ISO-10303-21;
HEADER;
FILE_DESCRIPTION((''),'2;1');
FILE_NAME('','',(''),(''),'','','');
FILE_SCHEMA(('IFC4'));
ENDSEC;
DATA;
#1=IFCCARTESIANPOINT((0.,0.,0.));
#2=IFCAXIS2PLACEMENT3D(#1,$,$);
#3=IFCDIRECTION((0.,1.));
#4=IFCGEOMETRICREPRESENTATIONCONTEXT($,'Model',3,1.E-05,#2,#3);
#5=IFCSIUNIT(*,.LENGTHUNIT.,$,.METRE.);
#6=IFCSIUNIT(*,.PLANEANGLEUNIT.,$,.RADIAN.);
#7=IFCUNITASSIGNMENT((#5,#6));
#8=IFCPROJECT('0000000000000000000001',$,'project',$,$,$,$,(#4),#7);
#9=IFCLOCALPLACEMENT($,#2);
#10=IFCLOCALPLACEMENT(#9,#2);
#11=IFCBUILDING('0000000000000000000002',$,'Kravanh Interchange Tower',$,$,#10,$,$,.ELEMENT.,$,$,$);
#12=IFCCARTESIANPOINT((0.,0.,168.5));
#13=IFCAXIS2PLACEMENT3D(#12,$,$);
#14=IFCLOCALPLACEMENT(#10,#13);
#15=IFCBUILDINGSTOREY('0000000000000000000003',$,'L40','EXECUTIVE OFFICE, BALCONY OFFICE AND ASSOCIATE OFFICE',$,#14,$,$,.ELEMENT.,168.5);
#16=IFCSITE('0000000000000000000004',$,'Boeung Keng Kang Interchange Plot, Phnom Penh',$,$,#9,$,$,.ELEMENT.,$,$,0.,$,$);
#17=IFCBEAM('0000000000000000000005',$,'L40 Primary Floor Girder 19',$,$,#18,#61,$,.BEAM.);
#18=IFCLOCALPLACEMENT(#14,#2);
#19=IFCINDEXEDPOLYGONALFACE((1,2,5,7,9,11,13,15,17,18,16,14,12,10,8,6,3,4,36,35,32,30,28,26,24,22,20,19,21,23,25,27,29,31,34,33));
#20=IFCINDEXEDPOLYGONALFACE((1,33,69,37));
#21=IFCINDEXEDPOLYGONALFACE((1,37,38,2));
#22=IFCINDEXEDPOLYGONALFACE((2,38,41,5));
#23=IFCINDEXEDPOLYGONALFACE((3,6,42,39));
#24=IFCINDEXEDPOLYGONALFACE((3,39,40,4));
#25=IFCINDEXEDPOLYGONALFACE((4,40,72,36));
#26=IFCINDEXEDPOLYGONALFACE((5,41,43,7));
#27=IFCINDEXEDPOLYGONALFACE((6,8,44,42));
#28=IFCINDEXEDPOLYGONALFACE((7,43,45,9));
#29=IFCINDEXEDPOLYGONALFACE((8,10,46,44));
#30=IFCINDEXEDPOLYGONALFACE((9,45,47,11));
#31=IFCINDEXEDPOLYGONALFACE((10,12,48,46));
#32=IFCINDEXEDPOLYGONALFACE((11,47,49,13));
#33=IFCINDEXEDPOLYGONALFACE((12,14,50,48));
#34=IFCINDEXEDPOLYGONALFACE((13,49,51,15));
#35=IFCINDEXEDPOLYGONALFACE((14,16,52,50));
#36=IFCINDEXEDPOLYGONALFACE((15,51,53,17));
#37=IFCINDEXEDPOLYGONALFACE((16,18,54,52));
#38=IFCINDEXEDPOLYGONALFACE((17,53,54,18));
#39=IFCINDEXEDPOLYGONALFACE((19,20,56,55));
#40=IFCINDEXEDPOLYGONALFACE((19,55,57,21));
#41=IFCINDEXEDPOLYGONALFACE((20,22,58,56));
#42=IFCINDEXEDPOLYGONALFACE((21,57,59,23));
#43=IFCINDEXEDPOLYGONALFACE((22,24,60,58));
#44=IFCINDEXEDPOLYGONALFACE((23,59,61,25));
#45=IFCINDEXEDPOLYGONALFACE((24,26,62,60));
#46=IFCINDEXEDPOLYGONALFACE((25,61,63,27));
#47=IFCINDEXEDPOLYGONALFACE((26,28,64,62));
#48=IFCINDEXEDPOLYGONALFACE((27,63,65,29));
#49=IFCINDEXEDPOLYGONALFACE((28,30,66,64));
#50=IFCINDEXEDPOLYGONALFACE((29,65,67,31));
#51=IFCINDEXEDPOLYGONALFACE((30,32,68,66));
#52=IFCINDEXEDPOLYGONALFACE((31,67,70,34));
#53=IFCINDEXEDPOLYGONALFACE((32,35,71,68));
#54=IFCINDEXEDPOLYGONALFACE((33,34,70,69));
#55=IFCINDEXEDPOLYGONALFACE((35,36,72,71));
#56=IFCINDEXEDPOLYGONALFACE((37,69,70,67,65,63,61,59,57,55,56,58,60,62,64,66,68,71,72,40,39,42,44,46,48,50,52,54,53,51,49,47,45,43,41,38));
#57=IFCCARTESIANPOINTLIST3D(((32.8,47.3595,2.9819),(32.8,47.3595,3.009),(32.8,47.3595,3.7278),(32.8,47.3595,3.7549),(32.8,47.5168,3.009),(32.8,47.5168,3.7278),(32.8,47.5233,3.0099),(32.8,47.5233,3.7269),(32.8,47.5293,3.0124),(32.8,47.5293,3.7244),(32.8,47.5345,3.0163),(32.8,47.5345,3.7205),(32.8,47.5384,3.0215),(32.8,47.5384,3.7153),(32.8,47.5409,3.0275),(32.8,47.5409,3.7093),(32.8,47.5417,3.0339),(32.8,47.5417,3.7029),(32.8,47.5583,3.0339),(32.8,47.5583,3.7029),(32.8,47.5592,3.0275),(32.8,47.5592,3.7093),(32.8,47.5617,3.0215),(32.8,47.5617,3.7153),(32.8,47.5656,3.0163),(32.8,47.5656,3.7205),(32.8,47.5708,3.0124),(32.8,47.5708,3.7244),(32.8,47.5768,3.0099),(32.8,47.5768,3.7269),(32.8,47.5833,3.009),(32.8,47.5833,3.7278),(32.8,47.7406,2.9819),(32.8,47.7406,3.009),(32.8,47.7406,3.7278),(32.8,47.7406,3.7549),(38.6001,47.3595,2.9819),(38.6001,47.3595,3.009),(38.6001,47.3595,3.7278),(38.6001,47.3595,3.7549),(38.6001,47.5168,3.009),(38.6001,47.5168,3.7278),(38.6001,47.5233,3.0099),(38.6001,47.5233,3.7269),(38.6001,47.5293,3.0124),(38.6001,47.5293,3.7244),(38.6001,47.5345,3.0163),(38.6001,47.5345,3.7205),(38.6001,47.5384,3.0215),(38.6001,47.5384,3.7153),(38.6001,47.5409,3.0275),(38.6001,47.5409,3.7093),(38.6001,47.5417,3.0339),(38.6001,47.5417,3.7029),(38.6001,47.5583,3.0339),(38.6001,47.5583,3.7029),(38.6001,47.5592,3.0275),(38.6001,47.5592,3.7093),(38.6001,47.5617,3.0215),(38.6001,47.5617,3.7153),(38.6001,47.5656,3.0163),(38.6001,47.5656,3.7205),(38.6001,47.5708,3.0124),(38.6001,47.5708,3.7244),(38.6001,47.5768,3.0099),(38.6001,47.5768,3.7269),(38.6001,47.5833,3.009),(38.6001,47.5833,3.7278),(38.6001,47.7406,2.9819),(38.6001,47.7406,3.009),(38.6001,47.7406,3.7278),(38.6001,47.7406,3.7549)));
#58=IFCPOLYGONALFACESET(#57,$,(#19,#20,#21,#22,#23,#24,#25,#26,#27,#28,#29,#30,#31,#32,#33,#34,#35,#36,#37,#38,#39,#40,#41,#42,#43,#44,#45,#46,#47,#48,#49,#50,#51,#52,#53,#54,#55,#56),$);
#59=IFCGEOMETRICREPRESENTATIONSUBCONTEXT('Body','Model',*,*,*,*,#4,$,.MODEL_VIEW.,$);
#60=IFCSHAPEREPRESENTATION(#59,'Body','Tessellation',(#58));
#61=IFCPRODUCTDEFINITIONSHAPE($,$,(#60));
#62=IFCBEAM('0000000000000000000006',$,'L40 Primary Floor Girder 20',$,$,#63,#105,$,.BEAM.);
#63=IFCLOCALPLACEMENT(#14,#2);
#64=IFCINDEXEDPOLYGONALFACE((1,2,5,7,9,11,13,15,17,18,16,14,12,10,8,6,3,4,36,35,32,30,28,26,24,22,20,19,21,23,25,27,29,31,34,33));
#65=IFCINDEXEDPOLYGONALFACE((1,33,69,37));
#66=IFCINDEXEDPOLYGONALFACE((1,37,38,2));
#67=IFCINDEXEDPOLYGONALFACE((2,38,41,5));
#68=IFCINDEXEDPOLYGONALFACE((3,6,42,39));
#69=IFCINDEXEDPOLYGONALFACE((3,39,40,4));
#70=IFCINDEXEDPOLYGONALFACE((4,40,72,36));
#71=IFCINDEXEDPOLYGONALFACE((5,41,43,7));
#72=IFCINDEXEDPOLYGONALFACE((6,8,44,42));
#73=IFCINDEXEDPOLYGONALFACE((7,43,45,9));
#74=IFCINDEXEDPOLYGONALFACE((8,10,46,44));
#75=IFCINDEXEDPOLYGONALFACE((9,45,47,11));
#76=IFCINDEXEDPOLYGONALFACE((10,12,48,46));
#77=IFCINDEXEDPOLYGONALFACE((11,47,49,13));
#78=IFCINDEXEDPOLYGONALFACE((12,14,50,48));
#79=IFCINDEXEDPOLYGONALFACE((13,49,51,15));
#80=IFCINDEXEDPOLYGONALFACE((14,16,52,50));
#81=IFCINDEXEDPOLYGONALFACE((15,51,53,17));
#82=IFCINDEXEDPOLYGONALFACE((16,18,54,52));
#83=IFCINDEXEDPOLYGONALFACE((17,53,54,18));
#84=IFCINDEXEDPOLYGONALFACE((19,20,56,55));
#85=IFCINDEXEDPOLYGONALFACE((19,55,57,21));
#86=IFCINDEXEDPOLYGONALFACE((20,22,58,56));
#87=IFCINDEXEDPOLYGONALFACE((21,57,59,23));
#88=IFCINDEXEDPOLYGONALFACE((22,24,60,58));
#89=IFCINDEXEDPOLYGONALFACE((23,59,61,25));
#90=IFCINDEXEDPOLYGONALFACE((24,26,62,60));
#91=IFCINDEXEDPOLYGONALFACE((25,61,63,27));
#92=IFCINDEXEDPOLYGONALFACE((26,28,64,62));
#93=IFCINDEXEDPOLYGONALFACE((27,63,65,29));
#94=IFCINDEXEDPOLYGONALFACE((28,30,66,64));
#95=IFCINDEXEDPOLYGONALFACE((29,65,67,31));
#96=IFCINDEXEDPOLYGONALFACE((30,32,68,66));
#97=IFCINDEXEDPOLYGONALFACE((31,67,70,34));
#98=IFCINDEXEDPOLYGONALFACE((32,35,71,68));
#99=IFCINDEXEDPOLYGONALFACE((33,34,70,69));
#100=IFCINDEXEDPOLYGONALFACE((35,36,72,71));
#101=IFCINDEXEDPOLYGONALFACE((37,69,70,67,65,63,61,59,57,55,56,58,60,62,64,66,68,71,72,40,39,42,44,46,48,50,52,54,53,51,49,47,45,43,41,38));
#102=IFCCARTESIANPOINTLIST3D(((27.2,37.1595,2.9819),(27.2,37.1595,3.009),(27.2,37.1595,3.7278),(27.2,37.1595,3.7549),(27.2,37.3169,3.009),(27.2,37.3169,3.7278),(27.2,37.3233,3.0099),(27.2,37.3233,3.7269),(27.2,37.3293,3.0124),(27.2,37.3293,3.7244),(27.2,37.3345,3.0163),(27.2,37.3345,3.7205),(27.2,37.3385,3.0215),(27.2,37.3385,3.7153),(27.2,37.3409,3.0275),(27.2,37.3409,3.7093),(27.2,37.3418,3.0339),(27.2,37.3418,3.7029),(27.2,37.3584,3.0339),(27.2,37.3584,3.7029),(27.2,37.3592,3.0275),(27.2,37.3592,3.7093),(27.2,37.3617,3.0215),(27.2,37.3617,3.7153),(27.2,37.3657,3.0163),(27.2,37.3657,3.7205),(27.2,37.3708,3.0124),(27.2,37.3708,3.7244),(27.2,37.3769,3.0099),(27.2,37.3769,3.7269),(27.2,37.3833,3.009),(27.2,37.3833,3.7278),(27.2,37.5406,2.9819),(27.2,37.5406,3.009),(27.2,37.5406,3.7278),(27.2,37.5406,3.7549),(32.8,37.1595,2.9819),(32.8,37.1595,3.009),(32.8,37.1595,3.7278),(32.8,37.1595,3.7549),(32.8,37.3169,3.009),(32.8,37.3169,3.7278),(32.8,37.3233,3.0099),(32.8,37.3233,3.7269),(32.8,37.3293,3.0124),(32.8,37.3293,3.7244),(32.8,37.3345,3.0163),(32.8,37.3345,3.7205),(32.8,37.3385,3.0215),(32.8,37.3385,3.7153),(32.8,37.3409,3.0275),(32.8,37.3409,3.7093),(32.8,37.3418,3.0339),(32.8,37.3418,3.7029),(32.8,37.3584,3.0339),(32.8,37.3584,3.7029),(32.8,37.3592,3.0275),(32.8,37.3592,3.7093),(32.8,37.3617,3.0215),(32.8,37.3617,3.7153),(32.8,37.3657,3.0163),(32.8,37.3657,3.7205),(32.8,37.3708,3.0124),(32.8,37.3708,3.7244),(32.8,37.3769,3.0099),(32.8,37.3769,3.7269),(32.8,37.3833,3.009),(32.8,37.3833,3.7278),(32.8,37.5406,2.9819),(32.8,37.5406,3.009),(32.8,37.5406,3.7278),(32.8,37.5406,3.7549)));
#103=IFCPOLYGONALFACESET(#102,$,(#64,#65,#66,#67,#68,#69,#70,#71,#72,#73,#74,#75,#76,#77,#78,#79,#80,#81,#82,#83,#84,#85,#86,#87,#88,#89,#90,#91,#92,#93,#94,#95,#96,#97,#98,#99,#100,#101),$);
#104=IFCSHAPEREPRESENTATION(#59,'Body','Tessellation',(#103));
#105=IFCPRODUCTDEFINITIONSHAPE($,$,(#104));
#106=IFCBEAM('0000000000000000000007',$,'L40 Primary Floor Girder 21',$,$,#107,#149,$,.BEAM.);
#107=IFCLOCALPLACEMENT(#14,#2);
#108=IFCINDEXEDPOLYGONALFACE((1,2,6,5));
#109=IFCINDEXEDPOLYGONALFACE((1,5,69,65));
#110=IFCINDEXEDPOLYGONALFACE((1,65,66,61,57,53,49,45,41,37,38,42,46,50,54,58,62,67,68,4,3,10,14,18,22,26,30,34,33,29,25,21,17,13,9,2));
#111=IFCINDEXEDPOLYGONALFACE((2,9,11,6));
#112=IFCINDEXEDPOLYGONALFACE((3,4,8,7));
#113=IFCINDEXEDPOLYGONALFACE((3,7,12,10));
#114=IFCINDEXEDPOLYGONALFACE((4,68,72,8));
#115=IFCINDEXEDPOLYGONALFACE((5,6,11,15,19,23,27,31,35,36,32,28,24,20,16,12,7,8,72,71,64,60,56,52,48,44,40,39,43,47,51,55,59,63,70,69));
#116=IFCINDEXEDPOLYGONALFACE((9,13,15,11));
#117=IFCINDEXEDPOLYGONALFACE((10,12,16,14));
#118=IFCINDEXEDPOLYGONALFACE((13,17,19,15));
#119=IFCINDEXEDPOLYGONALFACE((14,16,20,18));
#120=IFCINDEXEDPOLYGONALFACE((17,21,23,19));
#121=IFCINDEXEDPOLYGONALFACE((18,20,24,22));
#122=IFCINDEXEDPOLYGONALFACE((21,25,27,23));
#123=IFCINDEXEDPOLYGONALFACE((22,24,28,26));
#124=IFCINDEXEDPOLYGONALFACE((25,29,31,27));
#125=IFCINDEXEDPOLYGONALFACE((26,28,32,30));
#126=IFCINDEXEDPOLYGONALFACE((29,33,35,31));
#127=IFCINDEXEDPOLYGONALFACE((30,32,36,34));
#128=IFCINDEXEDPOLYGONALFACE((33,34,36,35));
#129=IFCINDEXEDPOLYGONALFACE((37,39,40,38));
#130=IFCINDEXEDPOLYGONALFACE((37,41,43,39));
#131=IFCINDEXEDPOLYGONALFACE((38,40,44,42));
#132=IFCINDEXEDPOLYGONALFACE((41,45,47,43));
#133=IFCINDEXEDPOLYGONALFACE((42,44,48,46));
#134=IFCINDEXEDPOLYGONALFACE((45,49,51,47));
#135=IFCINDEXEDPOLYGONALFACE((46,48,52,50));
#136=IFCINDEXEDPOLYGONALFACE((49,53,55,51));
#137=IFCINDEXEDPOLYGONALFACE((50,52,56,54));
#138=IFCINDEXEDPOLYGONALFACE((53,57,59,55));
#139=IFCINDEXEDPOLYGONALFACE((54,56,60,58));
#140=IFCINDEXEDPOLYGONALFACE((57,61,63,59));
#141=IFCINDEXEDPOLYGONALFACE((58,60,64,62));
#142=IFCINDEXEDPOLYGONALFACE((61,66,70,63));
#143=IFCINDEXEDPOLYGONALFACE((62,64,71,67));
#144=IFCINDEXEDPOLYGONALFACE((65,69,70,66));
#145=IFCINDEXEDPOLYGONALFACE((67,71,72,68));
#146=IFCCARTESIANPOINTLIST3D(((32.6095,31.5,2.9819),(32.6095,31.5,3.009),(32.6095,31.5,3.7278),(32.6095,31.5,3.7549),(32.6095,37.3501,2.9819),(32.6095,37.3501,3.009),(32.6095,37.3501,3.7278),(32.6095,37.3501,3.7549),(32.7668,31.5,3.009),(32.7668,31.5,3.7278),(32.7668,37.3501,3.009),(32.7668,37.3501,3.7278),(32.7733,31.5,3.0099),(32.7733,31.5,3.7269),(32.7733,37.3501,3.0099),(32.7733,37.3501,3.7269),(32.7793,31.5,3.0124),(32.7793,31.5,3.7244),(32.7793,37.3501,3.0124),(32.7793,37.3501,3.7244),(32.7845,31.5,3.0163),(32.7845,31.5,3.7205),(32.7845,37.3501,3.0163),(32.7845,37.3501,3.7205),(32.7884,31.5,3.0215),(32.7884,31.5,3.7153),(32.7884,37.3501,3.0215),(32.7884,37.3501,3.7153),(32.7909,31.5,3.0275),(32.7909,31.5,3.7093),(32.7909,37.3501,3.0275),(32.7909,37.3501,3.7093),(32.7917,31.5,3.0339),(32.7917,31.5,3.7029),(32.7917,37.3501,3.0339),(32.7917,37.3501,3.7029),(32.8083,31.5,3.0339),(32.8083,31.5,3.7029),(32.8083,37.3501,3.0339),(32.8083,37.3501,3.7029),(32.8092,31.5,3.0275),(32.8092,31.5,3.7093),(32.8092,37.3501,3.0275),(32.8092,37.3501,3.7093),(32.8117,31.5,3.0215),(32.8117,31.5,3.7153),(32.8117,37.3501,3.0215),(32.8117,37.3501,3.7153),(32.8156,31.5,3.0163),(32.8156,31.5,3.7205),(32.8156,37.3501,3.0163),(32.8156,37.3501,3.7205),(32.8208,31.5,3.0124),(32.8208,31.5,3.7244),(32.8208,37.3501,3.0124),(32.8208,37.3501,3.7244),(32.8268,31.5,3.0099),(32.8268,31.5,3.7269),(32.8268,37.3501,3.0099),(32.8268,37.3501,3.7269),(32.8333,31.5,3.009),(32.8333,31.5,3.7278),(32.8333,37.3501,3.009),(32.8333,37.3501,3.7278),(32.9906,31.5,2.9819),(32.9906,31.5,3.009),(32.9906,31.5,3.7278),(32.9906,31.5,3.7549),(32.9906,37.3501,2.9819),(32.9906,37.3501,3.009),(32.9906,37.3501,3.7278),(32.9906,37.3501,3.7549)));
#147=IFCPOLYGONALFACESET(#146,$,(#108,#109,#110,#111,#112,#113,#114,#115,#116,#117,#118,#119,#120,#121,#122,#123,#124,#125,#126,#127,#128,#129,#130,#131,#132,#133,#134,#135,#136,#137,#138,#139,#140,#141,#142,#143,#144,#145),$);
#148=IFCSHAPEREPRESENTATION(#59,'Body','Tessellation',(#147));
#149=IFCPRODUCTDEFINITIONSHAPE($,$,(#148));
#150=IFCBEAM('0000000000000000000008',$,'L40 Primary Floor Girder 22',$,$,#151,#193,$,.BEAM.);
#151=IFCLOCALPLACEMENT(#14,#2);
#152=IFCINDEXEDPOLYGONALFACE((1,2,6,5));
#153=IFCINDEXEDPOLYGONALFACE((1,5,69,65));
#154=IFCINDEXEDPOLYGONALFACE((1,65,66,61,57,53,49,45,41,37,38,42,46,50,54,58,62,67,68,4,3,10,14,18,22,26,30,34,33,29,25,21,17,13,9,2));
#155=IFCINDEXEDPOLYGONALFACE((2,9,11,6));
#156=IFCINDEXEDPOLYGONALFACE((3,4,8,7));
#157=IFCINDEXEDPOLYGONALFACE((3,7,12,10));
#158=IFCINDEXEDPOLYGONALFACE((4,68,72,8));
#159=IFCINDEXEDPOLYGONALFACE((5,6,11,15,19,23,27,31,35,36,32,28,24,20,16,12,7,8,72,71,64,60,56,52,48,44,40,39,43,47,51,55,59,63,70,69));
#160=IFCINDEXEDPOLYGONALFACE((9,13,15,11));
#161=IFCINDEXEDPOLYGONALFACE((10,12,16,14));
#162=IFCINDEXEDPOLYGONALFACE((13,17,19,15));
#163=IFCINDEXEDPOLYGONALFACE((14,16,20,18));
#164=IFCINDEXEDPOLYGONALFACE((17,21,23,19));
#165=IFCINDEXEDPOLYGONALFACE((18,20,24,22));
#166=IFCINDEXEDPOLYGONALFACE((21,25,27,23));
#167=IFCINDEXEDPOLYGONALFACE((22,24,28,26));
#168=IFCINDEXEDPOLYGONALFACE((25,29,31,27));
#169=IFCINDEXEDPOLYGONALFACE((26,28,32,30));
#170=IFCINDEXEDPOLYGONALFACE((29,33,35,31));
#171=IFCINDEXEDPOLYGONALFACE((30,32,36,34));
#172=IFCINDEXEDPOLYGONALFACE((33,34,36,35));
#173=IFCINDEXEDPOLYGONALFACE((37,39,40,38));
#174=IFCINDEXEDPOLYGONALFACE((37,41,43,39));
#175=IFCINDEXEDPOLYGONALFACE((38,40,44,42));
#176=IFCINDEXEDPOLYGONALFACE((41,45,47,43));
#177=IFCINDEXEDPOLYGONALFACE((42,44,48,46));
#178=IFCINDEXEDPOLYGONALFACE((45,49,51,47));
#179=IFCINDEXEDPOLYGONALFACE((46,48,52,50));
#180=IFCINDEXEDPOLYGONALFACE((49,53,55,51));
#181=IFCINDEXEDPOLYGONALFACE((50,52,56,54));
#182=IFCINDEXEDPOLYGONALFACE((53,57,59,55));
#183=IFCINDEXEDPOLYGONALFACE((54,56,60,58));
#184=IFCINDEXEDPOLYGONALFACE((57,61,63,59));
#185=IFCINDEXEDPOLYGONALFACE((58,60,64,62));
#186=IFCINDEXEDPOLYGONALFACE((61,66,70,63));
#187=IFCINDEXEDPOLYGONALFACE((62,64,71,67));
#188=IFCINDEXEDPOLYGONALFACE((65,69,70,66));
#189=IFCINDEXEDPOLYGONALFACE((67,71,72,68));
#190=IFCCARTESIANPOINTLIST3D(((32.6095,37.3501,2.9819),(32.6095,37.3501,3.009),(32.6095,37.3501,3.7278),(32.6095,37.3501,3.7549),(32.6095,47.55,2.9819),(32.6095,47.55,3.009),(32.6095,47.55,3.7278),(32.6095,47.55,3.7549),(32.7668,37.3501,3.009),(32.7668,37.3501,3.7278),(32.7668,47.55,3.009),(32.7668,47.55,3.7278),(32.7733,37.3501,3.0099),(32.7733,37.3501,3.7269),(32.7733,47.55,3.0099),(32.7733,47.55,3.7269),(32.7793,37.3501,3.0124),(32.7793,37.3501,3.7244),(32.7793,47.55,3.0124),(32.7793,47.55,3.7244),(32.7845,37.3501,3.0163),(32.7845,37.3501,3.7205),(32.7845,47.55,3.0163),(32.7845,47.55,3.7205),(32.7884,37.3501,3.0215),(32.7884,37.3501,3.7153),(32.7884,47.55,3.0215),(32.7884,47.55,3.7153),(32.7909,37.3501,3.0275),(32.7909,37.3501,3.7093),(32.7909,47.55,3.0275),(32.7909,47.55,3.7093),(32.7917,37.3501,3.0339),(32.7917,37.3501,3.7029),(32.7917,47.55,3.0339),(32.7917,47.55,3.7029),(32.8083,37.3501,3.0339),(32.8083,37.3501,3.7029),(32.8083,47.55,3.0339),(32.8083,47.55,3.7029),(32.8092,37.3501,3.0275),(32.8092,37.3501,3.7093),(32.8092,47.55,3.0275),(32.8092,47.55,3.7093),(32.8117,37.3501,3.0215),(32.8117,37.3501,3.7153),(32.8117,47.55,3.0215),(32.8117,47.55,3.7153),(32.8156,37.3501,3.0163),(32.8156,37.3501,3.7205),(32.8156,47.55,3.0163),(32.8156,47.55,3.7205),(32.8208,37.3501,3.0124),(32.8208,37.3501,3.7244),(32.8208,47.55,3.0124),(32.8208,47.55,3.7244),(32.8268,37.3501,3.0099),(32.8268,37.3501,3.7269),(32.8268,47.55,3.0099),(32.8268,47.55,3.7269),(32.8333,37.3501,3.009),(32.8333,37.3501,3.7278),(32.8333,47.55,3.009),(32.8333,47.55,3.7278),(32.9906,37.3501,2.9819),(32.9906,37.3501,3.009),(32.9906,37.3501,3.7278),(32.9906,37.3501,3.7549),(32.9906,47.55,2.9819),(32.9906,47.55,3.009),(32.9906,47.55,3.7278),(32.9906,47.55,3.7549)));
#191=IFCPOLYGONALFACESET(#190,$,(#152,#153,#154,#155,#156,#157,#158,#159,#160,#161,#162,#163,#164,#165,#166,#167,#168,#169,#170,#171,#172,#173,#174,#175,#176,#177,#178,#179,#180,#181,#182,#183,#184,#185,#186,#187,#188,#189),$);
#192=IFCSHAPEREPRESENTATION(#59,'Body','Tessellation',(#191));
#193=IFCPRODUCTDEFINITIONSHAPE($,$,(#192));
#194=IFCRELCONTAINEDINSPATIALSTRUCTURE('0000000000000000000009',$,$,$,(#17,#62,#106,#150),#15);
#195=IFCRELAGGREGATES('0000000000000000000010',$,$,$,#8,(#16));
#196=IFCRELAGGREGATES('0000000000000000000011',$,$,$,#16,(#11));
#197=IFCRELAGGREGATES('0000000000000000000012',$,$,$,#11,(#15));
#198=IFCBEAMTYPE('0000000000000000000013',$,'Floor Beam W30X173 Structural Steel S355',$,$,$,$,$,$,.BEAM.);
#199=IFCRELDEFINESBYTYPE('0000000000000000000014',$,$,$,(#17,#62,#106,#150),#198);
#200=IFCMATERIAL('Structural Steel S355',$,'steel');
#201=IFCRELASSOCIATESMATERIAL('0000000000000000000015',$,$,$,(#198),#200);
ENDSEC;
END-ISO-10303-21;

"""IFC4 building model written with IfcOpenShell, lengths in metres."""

from ifc_helpers import new_model, si_unit, direction, frame, origin, origin_2d, place, context, subcontext, project, spatial, i_section, extrude, material, material_profile, profile_set, type_object, element, save


model = new_model("IFC4")

# Units and contexts
model_context = context("Model", 3, precision=1e-05, world=origin(), true_north=direction((0.0, 1.0)))
body_context = subcontext(model_context, "Body", "Model", "MODEL_VIEW")
ifc_project = project(units=[si_unit("LENGTHUNIT", "METRE"), si_unit("PLANEANGLEUNIT", "RADIAN")], contexts=[model_context])

# Site, building, storey
site_placement = place(None, origin())
site = spatial("IfcSite", under=ifc_project, at=site_placement, Name="Boeung Keng Kang Interchange Plot, Phnom Penh", CompositionType="ELEMENT", RefElevation=0.0)
building_placement = place(site_placement, origin())
building = spatial("IfcBuilding", under=site, at=building_placement, Name="Kravanh Interchange Tower", CompositionType="ELEMENT")
storey_placement = place(building_placement, frame((0.0, 0.0, 168.5)))
storey = spatial("IfcBuildingStorey", under=building, at=storey_placement, Name="L40", Description="EXECUTIVE OFFICE, BALCONY OFFICE AND ASSOCIATE OFFICE", CompositionType="ELEMENT", Elevation=168.5)

# Beams
ifc_material_1 = material(Name="Structural Steel S355", Category="steel")
ifc_material_profile_1 = material_profile(ifc_material_1, i_section(OverallWidth=0.3811, OverallDepth=0.7729, WebThickness=0.0166, FlangeThickness=0.0271, FilletRadius=0.0249, at=origin_2d()), Name="W30X173")
ifc_profile_set_1 = profile_set([ifc_material_profile_1], Name="Structural Steel S355")
beam_type = type_object("IfcBeamType", Name="Floor Beam W30X173 Structural Steel S355", PredefinedType="BEAM", material=ifc_profile_set_1)
beam_1_placement = place(storey_placement, frame((38.6001, 47.55, 3.3684), z_axis=(-1.0, 0.0, 0.0), x_axis=(0.0, -1.0, 0.0)))
element("IfcBeam", 1, at=beam_1_placement, inside=storey, type_object=beam_type, Name="L40 Primary Floor Girder 19", PredefinedType="BEAM", context=body_context, shape_type="SweptSolid", body=[
    extrude(i_section(OverallWidth=0.3811, OverallDepth=0.7729, WebThickness=0.0166, FlangeThickness=0.0271, FilletRadius=0.0249, at=origin_2d()), origin(), (0.0, 0.0, 1.0), 5.8),
])
beam_2_placement = place(storey_placement, frame((32.8, 37.3501, 3.3684), z_axis=(-1.0, 0.0, 0.0), x_axis=(0.0, -1.0, 0.0)))
element("IfcBeam", 2, at=beam_2_placement, inside=storey, type_object=beam_type, Name="L40 Primary Floor Girder 20", PredefinedType="BEAM", context=body_context, shape_type="SweptSolid", body=[
    extrude(i_section(OverallWidth=0.3811, OverallDepth=0.7729, WebThickness=0.0166, FlangeThickness=0.0271, FilletRadius=0.0249, at=origin_2d()), origin(), (0.0, 0.0, 1.0), 5.6001),
])
beam_3_placement = place(storey_placement, frame((32.8, 37.3501, 3.3684), z_axis=(0.0, -1.0, 0.0), x_axis=(1.0, 0.0, 0.0)))
element("IfcBeam", 3, at=beam_3_placement, inside=storey, type_object=beam_type, Name="L40 Primary Floor Girder 21", PredefinedType="BEAM", context=body_context, shape_type="SweptSolid", body=[
    extrude(i_section(OverallWidth=0.3811, OverallDepth=0.7729, WebThickness=0.0166, FlangeThickness=0.0271, FilletRadius=0.0249, at=origin_2d()), origin(), (0.0, 0.0, 1.0), 5.8501),
])
beam_4_placement = place(storey_placement, frame((32.8, 37.3501, 3.3684), z_axis=(0.0, 1.0, 0.0), x_axis=(-1.0, 0.0, 0.0)))
element("IfcBeam", 4, at=beam_4_placement, inside=storey, type_object=beam_type, Name="L40 Primary Floor Girder 22", PredefinedType="BEAM", context=body_context, shape_type="SweptSolid", body=[
    extrude(i_section(OverallWidth=0.3811, OverallDepth=0.7729, WebThickness=0.0166, FlangeThickness=0.0271, FilletRadius=0.0249, at=origin_2d()), origin(), (0.0, 0.0, 1.0), 10.2),
])

save(model, "model.ifc")
